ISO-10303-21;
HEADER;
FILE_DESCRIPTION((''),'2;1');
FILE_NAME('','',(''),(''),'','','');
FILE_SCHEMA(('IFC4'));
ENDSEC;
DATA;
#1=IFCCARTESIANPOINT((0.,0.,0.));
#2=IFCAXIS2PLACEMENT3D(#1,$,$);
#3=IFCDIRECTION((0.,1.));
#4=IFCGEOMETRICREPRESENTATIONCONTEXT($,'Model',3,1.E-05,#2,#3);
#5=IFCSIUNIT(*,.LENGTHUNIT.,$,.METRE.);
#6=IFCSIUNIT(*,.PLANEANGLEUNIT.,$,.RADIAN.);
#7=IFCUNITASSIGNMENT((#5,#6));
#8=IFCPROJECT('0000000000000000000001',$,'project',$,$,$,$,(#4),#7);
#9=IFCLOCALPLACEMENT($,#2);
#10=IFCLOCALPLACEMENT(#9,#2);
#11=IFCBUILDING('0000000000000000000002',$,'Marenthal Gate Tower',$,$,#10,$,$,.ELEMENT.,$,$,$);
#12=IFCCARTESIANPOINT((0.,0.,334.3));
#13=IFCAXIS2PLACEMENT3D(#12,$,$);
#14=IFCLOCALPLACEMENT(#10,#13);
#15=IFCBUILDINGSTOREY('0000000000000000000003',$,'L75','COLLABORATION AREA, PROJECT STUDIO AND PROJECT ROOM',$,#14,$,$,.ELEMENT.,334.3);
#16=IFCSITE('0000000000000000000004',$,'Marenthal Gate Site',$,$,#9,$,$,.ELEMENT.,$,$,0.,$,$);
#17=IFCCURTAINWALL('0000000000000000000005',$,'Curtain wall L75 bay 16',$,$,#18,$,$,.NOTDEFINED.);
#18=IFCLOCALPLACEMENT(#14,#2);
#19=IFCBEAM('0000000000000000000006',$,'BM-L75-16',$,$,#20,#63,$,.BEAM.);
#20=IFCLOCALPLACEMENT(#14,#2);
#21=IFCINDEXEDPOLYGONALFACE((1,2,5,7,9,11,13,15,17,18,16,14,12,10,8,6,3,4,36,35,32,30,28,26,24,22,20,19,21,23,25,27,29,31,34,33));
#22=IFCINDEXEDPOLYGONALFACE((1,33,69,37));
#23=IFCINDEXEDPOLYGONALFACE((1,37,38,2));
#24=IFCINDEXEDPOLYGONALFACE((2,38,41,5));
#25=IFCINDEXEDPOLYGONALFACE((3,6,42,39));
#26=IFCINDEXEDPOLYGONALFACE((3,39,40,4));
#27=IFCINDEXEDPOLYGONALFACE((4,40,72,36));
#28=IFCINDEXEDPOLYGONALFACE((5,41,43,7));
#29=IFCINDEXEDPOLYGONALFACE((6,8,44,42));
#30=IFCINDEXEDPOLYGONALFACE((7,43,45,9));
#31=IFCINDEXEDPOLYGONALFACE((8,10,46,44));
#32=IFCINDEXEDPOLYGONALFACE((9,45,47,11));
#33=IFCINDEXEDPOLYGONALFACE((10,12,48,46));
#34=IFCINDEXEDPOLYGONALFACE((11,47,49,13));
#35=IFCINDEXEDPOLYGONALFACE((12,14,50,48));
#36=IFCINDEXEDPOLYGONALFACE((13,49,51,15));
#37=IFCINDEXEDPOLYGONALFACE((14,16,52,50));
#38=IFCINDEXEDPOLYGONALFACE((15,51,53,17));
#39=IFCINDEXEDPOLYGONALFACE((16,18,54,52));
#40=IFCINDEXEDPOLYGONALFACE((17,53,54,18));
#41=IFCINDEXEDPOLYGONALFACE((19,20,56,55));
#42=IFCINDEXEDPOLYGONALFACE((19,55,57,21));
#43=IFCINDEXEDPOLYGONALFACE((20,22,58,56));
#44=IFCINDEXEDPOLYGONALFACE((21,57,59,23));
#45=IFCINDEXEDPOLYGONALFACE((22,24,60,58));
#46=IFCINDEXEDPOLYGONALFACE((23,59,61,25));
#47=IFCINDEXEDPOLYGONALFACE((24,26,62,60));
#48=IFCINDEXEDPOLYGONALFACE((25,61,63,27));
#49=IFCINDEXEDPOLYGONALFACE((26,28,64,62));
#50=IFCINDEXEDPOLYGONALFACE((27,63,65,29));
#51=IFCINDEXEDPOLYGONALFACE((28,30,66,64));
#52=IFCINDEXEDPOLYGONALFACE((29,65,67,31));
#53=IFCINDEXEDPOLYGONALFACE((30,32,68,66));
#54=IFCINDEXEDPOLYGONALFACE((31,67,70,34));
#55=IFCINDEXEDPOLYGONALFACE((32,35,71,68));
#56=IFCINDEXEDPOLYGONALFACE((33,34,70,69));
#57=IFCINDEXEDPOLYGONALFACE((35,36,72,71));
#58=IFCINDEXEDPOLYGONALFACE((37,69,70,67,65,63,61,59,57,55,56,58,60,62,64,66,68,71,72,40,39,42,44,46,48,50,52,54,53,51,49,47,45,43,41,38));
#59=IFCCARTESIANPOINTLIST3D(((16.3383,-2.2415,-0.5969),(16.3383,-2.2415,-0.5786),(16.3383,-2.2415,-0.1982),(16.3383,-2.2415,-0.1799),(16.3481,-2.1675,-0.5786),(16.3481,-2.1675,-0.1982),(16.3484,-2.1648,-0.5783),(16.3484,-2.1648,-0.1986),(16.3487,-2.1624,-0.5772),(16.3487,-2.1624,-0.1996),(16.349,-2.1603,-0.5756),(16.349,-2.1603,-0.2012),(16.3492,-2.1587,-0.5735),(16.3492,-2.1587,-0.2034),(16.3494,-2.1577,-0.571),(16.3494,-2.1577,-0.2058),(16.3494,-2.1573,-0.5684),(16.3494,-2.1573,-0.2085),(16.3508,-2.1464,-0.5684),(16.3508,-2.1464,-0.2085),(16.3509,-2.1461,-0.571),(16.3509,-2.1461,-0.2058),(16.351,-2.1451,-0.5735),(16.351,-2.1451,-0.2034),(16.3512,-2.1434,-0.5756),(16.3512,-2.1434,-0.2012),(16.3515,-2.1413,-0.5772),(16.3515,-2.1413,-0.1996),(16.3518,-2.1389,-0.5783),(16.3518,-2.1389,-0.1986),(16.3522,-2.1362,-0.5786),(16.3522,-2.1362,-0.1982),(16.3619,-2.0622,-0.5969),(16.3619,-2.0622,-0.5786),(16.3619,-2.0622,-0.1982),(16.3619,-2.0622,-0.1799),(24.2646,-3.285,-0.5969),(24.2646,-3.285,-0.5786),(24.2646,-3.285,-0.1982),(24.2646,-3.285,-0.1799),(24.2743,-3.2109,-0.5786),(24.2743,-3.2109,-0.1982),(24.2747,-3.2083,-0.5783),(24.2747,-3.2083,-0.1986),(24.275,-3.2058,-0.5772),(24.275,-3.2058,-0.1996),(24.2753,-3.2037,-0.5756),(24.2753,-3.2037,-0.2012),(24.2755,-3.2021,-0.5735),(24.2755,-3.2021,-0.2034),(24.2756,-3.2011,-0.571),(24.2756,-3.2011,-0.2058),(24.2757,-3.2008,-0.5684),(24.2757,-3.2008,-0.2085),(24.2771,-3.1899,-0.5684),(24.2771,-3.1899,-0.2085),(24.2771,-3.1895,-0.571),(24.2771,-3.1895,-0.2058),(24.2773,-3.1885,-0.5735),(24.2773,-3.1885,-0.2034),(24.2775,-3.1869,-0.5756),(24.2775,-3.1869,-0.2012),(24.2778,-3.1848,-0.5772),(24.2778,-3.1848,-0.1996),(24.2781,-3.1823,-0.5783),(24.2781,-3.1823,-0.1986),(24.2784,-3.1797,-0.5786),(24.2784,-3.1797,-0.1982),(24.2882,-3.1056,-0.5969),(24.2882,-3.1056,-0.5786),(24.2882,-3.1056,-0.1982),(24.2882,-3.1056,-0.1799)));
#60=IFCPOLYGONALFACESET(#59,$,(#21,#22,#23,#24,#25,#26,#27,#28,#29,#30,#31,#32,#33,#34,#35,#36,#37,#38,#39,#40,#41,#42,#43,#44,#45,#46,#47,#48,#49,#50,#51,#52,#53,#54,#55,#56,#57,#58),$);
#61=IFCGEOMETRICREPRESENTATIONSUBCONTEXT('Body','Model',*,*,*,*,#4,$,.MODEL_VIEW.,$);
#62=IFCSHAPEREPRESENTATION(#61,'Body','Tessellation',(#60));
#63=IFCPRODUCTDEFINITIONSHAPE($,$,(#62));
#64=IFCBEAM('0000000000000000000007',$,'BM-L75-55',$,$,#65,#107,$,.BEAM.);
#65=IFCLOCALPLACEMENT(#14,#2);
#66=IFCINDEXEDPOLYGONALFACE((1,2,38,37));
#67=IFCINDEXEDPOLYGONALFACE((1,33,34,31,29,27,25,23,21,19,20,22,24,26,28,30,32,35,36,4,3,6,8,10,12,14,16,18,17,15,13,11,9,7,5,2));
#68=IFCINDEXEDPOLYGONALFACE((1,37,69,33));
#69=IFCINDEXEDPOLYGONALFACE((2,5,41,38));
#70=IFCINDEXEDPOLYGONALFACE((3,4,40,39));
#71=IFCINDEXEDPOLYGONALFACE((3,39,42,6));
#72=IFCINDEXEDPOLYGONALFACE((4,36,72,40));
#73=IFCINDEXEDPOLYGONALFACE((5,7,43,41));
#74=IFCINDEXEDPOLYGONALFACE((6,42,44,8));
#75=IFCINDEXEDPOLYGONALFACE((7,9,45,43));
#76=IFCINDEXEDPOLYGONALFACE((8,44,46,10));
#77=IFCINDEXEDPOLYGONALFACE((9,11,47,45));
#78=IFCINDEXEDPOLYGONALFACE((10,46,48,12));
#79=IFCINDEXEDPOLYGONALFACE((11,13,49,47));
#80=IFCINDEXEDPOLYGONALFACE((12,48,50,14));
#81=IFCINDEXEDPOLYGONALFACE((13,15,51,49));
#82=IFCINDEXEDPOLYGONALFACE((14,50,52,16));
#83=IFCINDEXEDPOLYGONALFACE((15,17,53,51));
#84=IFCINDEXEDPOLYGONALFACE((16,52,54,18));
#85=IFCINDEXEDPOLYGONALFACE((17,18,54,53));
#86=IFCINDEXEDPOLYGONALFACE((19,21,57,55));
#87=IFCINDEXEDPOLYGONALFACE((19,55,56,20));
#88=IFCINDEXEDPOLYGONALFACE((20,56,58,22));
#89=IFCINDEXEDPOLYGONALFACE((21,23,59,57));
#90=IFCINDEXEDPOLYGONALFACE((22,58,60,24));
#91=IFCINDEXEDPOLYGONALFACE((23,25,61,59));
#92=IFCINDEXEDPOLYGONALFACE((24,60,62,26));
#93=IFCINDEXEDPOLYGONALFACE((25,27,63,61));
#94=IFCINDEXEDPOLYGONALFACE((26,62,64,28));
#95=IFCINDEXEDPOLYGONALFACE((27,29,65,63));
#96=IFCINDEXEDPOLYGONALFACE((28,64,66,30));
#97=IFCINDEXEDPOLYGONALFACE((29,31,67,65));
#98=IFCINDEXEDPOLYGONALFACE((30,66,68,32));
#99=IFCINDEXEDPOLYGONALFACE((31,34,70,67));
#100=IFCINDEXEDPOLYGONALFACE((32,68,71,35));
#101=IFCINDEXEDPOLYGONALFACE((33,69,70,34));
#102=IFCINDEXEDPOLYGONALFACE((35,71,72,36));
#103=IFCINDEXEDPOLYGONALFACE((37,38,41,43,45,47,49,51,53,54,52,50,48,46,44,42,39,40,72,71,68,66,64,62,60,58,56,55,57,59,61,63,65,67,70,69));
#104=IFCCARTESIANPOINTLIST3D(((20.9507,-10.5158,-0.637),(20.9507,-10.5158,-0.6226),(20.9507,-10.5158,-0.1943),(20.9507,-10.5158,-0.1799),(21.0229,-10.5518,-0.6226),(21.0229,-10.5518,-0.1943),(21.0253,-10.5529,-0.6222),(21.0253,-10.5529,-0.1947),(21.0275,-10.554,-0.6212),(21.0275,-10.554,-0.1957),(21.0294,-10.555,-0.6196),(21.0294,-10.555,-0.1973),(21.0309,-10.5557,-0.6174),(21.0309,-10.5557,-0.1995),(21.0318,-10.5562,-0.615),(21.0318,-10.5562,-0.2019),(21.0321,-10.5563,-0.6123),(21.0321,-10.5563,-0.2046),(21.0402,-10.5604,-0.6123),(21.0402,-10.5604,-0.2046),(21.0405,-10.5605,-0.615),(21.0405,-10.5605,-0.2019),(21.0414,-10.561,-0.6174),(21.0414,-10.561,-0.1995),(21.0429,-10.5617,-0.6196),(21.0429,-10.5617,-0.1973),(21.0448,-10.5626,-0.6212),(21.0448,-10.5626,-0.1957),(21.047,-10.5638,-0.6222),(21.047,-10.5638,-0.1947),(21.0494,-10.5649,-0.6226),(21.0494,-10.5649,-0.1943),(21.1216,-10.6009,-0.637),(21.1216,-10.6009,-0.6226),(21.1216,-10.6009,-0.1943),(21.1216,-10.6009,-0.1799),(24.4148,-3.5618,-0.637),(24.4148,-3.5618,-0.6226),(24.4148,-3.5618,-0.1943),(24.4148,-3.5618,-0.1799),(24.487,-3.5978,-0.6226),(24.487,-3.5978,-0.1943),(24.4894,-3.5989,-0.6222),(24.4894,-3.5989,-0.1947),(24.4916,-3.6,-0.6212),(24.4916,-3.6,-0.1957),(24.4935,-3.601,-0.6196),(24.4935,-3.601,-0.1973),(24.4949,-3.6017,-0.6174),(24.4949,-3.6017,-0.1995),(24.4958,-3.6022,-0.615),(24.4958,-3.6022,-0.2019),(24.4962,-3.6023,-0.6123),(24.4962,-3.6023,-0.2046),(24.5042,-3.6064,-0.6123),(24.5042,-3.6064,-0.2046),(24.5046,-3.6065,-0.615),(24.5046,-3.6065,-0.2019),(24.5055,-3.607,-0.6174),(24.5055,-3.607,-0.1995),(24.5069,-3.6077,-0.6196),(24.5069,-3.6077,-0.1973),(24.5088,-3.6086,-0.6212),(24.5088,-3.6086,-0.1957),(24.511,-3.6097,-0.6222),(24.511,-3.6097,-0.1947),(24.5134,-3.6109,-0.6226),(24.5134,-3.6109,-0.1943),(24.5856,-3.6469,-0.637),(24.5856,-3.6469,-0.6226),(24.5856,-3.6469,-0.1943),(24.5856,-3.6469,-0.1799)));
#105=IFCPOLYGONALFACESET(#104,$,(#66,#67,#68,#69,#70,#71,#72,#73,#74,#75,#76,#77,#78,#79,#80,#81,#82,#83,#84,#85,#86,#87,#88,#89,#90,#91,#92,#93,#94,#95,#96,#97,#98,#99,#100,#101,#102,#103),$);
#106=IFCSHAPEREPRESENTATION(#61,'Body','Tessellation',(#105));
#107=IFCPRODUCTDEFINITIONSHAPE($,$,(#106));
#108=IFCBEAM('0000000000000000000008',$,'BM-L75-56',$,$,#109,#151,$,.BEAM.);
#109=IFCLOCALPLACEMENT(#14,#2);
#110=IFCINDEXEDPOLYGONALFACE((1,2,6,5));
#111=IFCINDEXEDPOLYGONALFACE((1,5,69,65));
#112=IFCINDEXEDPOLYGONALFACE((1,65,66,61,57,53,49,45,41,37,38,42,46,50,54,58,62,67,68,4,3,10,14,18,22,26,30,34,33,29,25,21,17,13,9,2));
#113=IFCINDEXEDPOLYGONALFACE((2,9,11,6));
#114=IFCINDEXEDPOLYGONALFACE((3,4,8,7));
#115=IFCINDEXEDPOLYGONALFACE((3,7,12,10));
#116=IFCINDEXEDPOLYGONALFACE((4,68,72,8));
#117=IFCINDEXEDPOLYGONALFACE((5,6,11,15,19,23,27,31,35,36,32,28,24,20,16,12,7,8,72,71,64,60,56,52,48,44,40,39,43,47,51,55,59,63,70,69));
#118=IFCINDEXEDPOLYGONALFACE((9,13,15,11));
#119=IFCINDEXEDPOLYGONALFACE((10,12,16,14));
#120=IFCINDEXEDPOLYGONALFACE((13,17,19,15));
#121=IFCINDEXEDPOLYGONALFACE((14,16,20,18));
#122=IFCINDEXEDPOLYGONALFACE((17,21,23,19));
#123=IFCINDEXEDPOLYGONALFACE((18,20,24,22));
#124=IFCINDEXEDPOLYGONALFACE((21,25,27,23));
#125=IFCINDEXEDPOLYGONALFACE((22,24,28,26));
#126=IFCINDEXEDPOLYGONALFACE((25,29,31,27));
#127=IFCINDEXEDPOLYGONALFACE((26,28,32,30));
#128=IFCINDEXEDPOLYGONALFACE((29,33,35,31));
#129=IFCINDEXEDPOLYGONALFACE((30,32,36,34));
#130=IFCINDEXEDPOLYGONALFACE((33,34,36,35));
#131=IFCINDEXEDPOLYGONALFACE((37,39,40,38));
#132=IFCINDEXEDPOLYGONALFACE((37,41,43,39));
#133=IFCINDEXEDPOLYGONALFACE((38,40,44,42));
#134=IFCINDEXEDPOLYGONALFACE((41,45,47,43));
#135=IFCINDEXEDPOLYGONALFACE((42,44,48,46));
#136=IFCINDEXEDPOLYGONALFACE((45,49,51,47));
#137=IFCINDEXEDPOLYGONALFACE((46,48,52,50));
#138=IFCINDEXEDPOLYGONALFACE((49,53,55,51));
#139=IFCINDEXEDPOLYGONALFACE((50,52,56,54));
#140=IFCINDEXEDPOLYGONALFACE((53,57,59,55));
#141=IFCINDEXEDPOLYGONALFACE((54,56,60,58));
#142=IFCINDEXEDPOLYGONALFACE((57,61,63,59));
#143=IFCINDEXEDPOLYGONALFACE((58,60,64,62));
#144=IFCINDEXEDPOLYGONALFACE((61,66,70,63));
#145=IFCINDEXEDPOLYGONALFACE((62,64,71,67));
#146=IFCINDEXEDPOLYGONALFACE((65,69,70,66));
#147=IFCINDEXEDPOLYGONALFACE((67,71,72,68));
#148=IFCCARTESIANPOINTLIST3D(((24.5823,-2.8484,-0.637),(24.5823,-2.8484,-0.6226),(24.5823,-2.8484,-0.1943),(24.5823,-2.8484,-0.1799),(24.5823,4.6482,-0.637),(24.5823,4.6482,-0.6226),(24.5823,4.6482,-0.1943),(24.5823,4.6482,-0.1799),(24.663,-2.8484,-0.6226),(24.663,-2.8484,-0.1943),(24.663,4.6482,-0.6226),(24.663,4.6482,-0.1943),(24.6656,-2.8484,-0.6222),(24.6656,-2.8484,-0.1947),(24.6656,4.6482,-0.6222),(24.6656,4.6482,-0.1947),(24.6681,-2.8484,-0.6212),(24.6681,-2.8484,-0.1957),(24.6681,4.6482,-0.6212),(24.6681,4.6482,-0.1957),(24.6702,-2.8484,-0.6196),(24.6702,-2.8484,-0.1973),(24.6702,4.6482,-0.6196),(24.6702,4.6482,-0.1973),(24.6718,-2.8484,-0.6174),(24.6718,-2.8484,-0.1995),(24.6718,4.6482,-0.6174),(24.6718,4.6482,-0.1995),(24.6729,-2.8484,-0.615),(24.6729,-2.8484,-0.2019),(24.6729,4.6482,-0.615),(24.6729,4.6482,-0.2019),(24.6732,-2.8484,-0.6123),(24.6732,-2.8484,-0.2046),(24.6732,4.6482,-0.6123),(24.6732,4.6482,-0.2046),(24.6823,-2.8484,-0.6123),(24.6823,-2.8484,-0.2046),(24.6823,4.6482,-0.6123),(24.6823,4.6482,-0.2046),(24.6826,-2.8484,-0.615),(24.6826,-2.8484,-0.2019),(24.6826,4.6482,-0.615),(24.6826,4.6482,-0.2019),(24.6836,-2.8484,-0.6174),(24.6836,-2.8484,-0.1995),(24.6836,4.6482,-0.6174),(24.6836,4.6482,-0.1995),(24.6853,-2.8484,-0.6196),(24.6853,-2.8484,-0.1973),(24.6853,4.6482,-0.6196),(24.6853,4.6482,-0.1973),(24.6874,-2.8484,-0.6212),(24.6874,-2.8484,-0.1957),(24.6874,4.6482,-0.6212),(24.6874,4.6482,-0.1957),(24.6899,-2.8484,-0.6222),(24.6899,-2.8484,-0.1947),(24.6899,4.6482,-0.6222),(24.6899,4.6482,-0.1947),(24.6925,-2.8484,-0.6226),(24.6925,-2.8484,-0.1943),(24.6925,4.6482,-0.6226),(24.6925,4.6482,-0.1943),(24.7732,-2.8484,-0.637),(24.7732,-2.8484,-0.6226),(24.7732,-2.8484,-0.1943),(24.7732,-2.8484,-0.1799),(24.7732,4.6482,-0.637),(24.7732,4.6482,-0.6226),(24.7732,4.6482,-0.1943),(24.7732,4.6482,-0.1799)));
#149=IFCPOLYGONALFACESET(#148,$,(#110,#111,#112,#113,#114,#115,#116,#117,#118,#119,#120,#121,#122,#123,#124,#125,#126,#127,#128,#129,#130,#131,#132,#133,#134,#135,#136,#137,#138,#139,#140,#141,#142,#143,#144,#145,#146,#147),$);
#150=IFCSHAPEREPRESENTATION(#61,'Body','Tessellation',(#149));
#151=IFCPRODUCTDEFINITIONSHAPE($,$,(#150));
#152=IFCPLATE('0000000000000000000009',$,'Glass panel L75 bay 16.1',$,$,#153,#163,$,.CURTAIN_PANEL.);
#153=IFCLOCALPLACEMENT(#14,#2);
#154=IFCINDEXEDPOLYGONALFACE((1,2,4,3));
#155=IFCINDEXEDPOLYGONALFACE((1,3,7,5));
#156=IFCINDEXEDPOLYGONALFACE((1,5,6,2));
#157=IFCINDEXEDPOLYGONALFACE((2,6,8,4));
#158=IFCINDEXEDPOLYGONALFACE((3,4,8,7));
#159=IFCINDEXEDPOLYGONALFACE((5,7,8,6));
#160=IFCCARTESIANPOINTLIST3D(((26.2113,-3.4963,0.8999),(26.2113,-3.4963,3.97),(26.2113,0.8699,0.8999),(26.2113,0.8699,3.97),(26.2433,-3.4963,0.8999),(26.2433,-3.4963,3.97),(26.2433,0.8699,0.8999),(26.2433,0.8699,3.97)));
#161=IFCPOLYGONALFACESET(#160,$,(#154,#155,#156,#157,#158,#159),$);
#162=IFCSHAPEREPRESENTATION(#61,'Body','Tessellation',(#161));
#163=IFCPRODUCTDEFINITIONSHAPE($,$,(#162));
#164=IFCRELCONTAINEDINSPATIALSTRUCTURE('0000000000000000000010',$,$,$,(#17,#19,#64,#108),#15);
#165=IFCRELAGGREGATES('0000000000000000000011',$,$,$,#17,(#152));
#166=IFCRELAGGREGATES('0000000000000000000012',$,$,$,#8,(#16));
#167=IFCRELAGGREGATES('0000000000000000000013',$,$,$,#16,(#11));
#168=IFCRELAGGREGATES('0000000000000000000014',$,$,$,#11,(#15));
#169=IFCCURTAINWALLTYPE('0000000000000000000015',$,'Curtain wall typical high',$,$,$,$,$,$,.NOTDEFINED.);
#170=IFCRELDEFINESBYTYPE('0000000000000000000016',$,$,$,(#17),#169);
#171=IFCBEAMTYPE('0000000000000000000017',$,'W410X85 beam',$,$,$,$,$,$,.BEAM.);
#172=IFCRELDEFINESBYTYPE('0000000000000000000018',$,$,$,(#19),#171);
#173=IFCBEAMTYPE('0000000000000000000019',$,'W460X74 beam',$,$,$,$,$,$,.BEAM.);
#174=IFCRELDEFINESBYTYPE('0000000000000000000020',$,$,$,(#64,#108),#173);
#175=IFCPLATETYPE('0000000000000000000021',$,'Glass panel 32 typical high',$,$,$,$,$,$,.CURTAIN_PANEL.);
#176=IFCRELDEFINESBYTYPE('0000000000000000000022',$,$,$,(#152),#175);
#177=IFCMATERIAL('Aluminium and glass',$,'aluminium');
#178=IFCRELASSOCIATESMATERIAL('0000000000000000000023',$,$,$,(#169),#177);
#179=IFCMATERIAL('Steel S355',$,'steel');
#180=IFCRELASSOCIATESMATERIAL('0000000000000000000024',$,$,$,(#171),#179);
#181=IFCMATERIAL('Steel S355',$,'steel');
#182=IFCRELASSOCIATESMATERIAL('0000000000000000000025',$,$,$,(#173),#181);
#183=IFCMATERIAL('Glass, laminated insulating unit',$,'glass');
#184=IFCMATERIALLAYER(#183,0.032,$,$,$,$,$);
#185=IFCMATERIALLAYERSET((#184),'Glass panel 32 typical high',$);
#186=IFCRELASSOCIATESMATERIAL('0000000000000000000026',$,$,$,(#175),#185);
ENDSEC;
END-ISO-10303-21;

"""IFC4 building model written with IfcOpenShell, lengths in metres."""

from ifc_helpers import new_model, si_unit, direction, frame, origin, origin_2d, place, context, subcontext, project, spatial, rectangle, i_section, extrude, material, layer, layer_set, material_profile, profile_set, type_object, element, aggregate, save


model = new_model("IFC4")

# Units and contexts
model_context = context("Model", 3, precision=1e-05, world=origin(), true_north=direction((0.0, 1.0)))
body_context = subcontext(model_context, "Body", "Model", "MODEL_VIEW")
ifc_project = project(units=[si_unit("LENGTHUNIT", "METRE"), si_unit("PLANEANGLEUNIT", "RADIAN")], contexts=[model_context])

# Site, building, storey
site_placement = place(None, origin())
site = spatial("IfcSite", under=ifc_project, at=site_placement, Name="Marenthal Gate Site", CompositionType="ELEMENT", RefElevation=0.0)
building_placement = place(site_placement, origin())
building = spatial("IfcBuilding", under=site, at=building_placement, Name="Marenthal Gate Tower", CompositionType="ELEMENT")
storey_placement = place(building_placement, frame((0.0, 0.0, 334.3)))
storey = spatial("IfcBuildingStorey", under=building, at=storey_placement, Name="L75", Description="COLLABORATION AREA, PROJECT STUDIO AND PROJECT ROOM", CompositionType="ELEMENT", Elevation=334.3)

# Curtain wall
ifc_material_1 = material(Name="Aluminium and glass", Category="aluminium")
curtain_wall_type = type_object("IfcCurtainWallType", Name="Curtain wall typical high", PredefinedType="NOTDEFINED", material=ifc_material_1)
curtain_wall_placement = place(storey_placement, origin())
curtain_wall = element("IfcCurtainWall", 1, at=curtain_wall_placement, inside=storey, type_object=curtain_wall_type, Name="Curtain wall L75 bay 16", PredefinedType="NOTDEFINED")

# Beams
ifc_material_2 = material(Name="Steel S355", Category="steel")
ifc_material_profile_1 = material_profile(ifc_material_2, i_section(OverallWidth=0.1809, OverallDepth=0.417, WebThickness=0.011, FlangeThickness=0.0183, FilletRadius=0.0103, at=origin_2d()), Name="W410X85")
ifc_profile_set_1 = profile_set([ifc_material_profile_1], Name="Steel S355")
beam_type_1 = type_object("IfcBeamType", Name="W410X85 beam", PredefinedType="BEAM", material=ifc_profile_set_1)
beam_1_placement = place(storey_placement, frame((24.2764, -3.1953, -0.3884), z_axis=(-0.991446, 0.130519, 0.0), x_axis=(-0.130519, -0.991446, 0.0)))
element("IfcBeam", 2, at=beam_1_placement, inside=storey, type_object=beam_type_1, Name="BM-L75-16", PredefinedType="BEAM", context=body_context, shape_type="SweptSolid", body=[
    extrude(i_section(OverallWidth=0.1809, OverallDepth=0.417, WebThickness=0.011, FlangeThickness=0.0183, FilletRadius=0.0103, at=origin_2d()), origin(), (0.0, 0.0, 1.0), 7.9946),
])
ifc_material_3 = material(Name="Steel S355", Category="steel")
ifc_material_profile_2 = material_profile(ifc_material_3, i_section(OverallWidth=0.1909, OverallDepth=0.457, WebThickness=0.009, FlangeThickness=0.0144, FilletRadius=0.0103, at=origin_2d()), Name="W460X74")
ifc_profile_set_2 = profile_set([ifc_material_profile_2], Name="Steel S355")
beam_type_2 = type_object("IfcBeamType", Name="W460X74 beam", PredefinedType="BEAM", material=ifc_profile_set_2)
beam_2_placement = place(storey_placement, frame((21.0361, -10.5583, -0.4084), z_axis=(0.445881, 0.895092, 0.0), x_axis=(-0.895092, 0.445881, 0.0)))
element("IfcBeam", 3, at=beam_2_placement, inside=storey, type_object=beam_type_2, Name="BM-L75-55", PredefinedType="BEAM", context=body_context, shape_type="SweptSolid", body=[
    extrude(i_section(OverallWidth=0.1909, OverallDepth=0.457, WebThickness=0.009, FlangeThickness=0.0144, FilletRadius=0.0103, at=origin_2d()), origin(), (0.0, 0.0, 1.0), 7.769),
])
beam_3_placement = place(storey_placement, frame((24.6777, -2.8484, -0.4084), z_axis=(0.0, 1.0, 0.0), x_axis=(-1.0, 0.0, 0.0)))
element("IfcBeam", 4, at=beam_3_placement, inside=storey, type_object=beam_type_2, Name="BM-L75-56", PredefinedType="BEAM", context=body_context, shape_type="SweptSolid", body=[
    extrude(i_section(OverallWidth=0.1909, OverallDepth=0.457, WebThickness=0.009, FlangeThickness=0.0144, FilletRadius=0.0103, at=origin_2d()), origin(), (0.0, 0.0, 1.0), 7.4966),
])

# Plate
ifc_material_4 = material(Name="Glass, laminated insulating unit", Category="glass")
ifc_layer_1 = layer(ifc_material_4, 0.032)
ifc_layer_set_1 = layer_set([ifc_layer_1], Name="Glass panel 32 typical high")
plate_type = type_object("IfcPlateType", Name="Glass panel 32 typical high", PredefinedType="CURTAIN_PANEL", material=ifc_layer_set_1)
plate_placement = place(storey_placement, frame((26.2273, -1.3132, 0.8999), z_axis=(0.0, 0.0, 1.0), x_axis=(0.0, 1.0, 0.0)))
plate = element("IfcPlate", 5, at=plate_placement, type_object=plate_type, Name="Glass panel L75 bay 16.1", PredefinedType="CURTAIN_PANEL", context=body_context, shape_type="SweptSolid", body=[
    extrude(rectangle(XDim=4.3662, YDim=0.032, at=origin_2d()), origin(), (0.0, 0.0, 1.0), 3.0701),
])
aggregate(curtain_wall, [plate])

save(model, "model.ifc")
